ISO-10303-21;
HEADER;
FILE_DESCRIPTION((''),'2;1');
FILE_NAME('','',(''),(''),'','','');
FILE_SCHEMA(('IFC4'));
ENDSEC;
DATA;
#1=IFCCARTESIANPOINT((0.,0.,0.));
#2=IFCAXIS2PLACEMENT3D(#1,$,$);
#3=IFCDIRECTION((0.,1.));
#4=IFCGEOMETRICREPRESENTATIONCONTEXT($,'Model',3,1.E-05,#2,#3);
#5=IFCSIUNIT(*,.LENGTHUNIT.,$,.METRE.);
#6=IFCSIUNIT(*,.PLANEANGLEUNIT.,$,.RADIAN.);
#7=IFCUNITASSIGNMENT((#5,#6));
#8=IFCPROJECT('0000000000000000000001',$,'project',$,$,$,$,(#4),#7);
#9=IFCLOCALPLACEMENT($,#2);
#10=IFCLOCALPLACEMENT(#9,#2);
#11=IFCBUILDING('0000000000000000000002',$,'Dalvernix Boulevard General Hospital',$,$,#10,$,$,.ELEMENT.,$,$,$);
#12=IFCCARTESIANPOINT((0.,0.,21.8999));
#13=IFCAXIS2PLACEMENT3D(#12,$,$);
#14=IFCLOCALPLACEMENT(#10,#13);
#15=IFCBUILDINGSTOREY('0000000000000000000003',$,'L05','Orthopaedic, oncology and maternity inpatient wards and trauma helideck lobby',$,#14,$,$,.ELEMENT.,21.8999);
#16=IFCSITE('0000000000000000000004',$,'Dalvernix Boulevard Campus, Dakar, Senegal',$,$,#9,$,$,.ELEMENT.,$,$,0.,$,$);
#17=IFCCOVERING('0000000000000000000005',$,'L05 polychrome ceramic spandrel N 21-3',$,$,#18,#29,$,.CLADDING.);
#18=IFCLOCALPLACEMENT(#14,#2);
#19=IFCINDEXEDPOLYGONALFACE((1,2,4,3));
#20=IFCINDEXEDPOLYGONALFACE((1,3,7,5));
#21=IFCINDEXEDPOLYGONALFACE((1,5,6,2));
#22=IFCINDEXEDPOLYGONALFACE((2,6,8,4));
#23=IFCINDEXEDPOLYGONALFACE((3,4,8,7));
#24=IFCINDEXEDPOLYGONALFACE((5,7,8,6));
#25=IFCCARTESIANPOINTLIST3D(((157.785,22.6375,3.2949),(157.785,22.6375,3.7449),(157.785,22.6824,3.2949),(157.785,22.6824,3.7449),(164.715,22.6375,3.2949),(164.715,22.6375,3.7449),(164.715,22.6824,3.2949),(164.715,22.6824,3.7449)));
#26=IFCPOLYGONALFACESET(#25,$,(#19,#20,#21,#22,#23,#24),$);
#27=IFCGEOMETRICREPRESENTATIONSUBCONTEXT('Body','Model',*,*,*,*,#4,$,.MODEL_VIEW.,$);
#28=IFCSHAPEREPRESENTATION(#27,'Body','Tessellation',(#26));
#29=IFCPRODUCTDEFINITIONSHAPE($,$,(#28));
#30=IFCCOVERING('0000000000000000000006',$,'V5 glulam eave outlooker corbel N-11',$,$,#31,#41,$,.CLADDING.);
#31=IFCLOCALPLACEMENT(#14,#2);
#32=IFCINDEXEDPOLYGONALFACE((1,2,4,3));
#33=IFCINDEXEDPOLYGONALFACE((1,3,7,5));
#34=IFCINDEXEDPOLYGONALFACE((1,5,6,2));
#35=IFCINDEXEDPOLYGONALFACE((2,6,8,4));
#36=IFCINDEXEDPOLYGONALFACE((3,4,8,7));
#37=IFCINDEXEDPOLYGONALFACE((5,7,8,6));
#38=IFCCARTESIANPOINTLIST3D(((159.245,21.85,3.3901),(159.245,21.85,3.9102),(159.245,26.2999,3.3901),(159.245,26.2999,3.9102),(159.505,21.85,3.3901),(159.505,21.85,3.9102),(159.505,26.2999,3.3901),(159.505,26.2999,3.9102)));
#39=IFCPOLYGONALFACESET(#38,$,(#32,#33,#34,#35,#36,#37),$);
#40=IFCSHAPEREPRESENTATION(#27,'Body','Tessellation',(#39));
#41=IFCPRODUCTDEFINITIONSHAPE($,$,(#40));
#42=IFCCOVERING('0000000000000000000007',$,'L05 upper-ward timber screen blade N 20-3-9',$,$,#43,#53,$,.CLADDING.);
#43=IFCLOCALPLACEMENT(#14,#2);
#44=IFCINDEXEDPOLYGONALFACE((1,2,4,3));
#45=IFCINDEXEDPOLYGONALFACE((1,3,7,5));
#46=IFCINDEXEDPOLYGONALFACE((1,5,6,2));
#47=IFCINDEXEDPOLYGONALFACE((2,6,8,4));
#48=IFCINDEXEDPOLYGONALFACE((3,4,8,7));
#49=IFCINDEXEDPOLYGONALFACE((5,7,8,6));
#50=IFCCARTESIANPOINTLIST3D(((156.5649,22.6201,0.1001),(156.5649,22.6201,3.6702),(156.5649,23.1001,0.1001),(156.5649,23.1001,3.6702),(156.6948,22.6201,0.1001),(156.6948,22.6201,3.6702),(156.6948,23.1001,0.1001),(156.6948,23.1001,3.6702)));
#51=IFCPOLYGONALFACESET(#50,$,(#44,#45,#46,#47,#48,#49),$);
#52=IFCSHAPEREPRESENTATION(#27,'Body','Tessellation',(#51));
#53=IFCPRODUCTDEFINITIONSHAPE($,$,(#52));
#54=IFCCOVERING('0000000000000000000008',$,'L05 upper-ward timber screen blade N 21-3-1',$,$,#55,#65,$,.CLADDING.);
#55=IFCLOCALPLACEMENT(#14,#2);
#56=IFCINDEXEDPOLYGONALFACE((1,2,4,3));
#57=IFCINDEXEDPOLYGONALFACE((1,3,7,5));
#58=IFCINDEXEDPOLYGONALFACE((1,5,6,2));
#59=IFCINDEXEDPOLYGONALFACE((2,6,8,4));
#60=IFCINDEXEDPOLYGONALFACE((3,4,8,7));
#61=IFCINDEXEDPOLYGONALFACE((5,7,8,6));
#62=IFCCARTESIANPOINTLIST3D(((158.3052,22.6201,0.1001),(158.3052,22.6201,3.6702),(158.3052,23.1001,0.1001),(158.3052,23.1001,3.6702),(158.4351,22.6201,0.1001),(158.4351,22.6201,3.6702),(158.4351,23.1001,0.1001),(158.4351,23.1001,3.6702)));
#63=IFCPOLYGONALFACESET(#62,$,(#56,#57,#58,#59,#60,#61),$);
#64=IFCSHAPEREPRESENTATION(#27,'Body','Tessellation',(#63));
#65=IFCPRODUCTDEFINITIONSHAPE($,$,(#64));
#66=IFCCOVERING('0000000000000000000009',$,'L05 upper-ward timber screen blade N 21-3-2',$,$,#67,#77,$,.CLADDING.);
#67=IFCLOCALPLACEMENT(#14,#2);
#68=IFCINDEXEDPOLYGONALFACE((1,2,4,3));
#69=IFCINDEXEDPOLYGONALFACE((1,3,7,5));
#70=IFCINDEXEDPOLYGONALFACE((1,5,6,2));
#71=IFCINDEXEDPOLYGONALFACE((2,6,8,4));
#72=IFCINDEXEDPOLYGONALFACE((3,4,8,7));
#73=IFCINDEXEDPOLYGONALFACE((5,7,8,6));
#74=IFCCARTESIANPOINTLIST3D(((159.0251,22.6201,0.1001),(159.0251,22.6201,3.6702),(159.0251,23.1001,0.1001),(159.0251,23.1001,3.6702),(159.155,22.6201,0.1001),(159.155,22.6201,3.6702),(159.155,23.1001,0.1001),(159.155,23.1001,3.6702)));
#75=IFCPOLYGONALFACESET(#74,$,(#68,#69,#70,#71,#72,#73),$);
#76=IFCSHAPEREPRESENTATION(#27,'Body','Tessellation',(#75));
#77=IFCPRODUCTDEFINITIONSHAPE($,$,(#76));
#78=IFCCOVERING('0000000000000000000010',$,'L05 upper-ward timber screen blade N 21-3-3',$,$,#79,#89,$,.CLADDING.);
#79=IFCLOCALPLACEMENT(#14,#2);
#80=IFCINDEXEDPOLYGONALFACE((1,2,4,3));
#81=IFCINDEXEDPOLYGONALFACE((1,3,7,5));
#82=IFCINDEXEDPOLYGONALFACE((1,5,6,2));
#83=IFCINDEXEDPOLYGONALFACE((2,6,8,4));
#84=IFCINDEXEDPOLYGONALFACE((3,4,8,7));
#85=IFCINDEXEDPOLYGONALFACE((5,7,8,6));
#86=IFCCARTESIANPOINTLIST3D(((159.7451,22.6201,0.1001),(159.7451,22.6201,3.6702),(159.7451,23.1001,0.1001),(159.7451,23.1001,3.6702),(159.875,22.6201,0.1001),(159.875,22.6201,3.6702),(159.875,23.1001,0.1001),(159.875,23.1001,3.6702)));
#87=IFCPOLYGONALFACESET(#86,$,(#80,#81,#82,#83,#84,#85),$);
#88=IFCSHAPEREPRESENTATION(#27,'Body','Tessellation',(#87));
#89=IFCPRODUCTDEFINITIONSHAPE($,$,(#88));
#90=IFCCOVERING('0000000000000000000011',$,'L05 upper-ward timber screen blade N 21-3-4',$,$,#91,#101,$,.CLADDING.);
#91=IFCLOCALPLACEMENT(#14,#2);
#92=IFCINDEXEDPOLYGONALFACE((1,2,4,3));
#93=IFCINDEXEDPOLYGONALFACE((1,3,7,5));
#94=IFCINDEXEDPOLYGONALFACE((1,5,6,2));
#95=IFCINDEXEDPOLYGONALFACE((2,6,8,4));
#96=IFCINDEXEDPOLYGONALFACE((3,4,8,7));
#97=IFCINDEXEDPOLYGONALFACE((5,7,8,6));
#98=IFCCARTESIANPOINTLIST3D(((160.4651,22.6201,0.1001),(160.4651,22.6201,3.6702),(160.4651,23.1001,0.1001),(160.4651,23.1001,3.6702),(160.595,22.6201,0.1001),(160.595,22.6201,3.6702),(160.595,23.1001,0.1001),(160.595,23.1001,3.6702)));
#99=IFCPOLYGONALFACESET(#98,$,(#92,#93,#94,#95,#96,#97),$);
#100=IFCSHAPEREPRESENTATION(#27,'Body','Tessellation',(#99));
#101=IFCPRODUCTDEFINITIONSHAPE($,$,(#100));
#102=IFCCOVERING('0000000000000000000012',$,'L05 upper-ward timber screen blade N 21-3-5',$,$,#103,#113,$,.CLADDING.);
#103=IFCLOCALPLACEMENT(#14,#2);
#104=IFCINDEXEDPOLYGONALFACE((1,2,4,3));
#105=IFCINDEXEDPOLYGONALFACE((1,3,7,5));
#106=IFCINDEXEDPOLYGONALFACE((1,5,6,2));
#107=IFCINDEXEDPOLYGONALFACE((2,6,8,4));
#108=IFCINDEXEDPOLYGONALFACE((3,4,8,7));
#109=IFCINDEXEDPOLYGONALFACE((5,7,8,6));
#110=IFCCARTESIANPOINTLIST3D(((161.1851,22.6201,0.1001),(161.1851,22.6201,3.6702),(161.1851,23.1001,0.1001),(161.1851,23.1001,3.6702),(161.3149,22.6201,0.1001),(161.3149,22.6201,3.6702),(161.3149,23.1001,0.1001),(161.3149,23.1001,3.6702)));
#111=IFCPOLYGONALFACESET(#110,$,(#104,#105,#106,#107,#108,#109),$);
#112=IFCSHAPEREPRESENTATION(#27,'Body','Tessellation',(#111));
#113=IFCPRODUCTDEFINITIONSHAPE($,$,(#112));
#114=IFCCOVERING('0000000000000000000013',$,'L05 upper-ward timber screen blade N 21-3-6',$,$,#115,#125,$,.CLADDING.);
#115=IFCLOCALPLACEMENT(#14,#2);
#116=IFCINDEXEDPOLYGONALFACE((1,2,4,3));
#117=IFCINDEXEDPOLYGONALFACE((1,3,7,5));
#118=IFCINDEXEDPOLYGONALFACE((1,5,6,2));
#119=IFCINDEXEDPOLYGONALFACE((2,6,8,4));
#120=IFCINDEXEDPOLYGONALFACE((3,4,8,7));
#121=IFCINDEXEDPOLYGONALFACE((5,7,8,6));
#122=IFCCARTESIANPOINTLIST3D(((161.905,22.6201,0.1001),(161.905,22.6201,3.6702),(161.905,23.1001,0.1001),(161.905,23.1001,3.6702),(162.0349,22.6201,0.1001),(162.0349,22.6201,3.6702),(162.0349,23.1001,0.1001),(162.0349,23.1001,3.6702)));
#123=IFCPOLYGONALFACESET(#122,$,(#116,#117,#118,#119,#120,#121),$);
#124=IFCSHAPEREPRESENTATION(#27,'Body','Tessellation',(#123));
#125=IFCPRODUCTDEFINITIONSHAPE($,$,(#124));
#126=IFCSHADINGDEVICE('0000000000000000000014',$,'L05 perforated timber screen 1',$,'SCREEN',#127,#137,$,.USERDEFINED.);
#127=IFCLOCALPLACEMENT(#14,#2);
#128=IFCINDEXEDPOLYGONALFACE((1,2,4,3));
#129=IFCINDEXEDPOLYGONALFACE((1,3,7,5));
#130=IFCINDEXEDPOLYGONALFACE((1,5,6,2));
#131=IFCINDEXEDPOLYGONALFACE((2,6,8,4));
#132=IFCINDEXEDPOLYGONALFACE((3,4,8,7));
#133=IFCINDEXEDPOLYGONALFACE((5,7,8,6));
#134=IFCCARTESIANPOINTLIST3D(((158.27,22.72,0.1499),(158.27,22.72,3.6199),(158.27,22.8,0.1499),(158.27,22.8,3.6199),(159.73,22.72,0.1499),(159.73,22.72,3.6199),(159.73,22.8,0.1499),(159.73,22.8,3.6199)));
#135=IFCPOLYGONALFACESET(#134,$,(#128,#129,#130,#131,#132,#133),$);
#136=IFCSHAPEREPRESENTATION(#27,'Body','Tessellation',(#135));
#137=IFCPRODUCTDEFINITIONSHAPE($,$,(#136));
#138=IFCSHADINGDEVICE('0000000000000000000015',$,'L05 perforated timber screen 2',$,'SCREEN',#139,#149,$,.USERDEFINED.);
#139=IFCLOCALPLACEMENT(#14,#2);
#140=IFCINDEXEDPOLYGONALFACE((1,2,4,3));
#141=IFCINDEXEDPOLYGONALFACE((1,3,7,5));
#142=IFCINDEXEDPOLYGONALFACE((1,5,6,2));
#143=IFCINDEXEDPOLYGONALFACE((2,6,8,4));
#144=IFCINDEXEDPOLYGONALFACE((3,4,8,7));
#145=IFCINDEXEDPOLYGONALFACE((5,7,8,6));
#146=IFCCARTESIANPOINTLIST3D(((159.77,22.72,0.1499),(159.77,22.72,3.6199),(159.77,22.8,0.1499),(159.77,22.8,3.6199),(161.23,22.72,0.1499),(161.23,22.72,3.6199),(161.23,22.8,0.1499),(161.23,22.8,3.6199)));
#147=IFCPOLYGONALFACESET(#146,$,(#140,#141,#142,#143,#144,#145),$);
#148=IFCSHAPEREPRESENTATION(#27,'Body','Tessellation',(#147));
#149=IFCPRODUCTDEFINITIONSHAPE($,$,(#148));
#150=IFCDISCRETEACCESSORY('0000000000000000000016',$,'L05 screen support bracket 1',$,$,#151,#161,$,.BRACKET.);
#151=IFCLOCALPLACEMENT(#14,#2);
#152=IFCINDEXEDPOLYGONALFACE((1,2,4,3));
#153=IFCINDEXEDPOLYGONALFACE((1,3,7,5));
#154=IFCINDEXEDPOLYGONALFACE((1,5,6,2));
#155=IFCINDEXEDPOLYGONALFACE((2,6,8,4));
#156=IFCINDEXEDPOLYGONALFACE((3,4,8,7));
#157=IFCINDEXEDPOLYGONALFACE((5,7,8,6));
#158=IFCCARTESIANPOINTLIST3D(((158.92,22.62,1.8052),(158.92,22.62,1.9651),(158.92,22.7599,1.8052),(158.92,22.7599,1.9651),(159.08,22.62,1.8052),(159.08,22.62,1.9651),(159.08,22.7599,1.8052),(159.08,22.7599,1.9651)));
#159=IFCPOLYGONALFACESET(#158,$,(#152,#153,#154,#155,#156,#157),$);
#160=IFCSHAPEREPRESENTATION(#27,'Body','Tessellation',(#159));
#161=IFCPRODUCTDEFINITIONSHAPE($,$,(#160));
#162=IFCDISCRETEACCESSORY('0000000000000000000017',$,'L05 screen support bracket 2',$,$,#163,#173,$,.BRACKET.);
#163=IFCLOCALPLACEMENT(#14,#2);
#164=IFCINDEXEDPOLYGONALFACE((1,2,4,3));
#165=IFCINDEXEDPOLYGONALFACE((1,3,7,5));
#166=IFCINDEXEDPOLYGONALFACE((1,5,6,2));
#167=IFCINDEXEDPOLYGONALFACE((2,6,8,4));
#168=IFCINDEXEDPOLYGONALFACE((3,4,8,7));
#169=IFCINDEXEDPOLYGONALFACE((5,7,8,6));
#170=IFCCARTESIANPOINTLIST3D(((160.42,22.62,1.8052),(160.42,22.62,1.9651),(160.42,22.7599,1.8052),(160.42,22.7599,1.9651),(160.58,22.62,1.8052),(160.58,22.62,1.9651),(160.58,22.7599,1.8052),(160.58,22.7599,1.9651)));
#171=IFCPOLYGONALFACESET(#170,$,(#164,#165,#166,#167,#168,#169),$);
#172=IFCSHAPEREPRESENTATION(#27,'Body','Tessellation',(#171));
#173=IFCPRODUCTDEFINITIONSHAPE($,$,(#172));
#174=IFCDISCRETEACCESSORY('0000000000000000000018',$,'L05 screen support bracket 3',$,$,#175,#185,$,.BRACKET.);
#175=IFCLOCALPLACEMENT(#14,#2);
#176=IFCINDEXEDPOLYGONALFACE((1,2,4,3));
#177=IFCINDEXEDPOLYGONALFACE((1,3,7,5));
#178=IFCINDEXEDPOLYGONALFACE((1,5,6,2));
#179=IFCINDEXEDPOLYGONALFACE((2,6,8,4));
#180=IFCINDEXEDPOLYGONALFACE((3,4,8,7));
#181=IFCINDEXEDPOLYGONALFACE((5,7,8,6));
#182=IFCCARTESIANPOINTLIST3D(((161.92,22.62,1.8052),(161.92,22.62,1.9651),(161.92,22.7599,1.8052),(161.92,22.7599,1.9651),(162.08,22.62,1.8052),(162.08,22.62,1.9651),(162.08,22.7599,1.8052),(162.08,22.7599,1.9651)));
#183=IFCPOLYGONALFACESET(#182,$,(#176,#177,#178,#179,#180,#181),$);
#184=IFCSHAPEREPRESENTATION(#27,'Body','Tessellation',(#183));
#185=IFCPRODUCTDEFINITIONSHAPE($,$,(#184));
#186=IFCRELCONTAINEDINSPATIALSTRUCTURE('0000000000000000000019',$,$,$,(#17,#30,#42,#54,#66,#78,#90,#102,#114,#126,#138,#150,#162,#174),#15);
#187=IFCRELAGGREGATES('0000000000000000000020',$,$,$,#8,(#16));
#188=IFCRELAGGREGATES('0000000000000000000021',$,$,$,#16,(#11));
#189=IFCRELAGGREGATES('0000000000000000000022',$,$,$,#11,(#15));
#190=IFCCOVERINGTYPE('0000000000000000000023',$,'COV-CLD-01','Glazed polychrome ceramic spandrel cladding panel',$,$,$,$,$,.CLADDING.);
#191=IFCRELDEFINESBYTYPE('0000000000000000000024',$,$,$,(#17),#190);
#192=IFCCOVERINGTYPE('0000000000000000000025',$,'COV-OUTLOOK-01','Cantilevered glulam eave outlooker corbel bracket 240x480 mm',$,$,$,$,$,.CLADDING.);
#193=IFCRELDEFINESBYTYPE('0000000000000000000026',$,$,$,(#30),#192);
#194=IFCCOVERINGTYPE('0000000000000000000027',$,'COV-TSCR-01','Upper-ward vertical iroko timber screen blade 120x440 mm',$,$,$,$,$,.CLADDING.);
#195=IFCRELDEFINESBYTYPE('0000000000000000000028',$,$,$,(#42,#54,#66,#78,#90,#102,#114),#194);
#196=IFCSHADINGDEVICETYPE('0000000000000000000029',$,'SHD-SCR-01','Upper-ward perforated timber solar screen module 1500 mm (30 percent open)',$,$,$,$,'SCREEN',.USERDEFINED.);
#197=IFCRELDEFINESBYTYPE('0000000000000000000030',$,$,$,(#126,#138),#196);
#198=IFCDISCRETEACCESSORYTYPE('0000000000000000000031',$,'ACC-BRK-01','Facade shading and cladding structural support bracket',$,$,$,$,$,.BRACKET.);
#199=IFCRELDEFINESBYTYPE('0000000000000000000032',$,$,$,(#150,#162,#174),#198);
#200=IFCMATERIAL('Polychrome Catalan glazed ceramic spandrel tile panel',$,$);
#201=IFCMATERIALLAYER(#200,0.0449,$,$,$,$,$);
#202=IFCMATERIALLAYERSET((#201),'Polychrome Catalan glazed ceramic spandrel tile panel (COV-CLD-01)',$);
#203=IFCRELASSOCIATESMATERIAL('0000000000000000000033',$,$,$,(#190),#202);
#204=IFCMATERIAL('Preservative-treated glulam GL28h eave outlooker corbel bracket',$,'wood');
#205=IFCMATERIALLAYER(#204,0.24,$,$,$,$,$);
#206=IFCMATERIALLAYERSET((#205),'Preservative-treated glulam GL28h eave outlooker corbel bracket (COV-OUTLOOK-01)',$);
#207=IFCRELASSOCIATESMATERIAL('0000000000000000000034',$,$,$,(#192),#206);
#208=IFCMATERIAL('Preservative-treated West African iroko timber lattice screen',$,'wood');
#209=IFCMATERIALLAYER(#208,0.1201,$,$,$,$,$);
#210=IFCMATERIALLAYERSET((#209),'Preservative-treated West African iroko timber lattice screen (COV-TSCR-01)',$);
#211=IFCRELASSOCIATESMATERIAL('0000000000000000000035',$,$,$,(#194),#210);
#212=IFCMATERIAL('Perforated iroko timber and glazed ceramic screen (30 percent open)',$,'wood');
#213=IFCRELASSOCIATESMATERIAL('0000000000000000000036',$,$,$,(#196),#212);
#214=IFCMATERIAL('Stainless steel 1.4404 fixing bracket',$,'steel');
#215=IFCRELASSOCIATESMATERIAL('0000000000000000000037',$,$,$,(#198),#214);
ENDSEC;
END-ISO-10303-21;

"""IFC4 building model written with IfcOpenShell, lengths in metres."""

from ifc_helpers import new_model, si_unit, direction, frame, origin, origin_2d, place, context, subcontext, project, spatial, rectangle, extrude, material, layer, layer_set, type_object, element, save


model = new_model("IFC4")

# Units and contexts
model_context = context("Model", 3, precision=1e-05, world=origin(), true_north=direction((0.0, 1.0)))
body_context = subcontext(model_context, "Body", "Model", "MODEL_VIEW")
ifc_project = project(units=[si_unit("LENGTHUNIT", "METRE"), si_unit("PLANEANGLEUNIT", "RADIAN")], contexts=[model_context])

# Site, building, storey
site_placement = place(None, origin())
site = spatial("IfcSite", under=ifc_project, at=site_placement, Name="Dalvernix Boulevard Campus, Dakar, Senegal", CompositionType="ELEMENT", RefElevation=0.0)
building_placement = place(site_placement, origin())
building = spatial("IfcBuilding", under=site, at=building_placement, Name="Dalvernix Boulevard General Hospital", CompositionType="ELEMENT")
storey_placement = place(building_placement, frame((0.0, 0.0, 21.8999)))
storey = spatial("IfcBuildingStorey", under=building, at=storey_placement, Name="L05", Description="Orthopaedic, oncology and maternity inpatient wards and trauma helideck lobby", CompositionType="ELEMENT", Elevation=21.8999)

# Coverings
ifc_material_1 = material(Name="Polychrome Catalan glazed ceramic spandrel tile panel")
ifc_layer_1 = layer(ifc_material_1, 0.0449)
ifc_layer_set_1 = layer_set([ifc_layer_1], Name="Polychrome Catalan glazed ceramic spandrel tile panel (COV-CLD-01)")
covering_type_1 = type_object("IfcCoveringType", Name="COV-CLD-01", Description="Glazed polychrome ceramic spandrel cladding panel", PredefinedType="CLADDING", material=ifc_layer_set_1)
covering_1_placement = place(storey_placement, frame((161.25, 22.6599, 3.2949), z_axis=(0.0, 0.0, 1.0), x_axis=(1.0, 0.0, 0.0)))
element("IfcCovering", 1, at=covering_1_placement, inside=storey, type_object=covering_type_1, Name="L05 polychrome ceramic spandrel N 21-3", PredefinedType="CLADDING", context=body_context, shape_type="SweptSolid", body=[
    extrude(rectangle(XDim=6.9299, YDim=0.0449, at=origin_2d()), origin(), (0.0, 0.0, 1.0), 0.45),
])
ifc_material_2 = material(Name="Preservative-treated glulam GL28h eave outlooker corbel bracket", Category="wood")
ifc_layer_2 = layer(ifc_material_2, 0.24)
ifc_layer_set_2 = layer_set([ifc_layer_2], Name="Preservative-treated glulam GL28h eave outlooker corbel bracket (COV-OUTLOOK-01)")
covering_type_2 = type_object("IfcCoveringType", Name="COV-OUTLOOK-01", Description="Cantilevered glulam eave outlooker corbel bracket 240x480 mm", PredefinedType="CLADDING", material=ifc_layer_set_2)
covering_2_placement = place(storey_placement, frame((159.375, 24.075, 3.3901), z_axis=(0.0, 0.0, 1.0), x_axis=(1.0, 0.0, 0.0)))
element("IfcCovering", 2, at=covering_2_placement, inside=storey, type_object=covering_type_2, Name="V5 glulam eave outlooker corbel N-11", PredefinedType="CLADDING", context=body_context, shape_type="SweptSolid", body=[
    extrude(rectangle(XDim=0.26, YDim=4.45, at=origin_2d()), origin(), (0.0, 0.0, 1.0), 0.52),
])
ifc_material_3 = material(Name="Preservative-treated West African iroko timber lattice screen", Category="wood")
ifc_layer_3 = layer(ifc_material_3, 0.1201)
ifc_layer_set_3 = layer_set([ifc_layer_3], Name="Preservative-treated West African iroko timber lattice screen (COV-TSCR-01)")
covering_type_3 = type_object("IfcCoveringType", Name="COV-TSCR-01", Description="Upper-ward vertical iroko timber screen blade 120x440 mm", PredefinedType="CLADDING", material=ifc_layer_set_3)
for number, where, z_axis, x_axis, name in (
    (3, (156.6299, 22.8601, 0.1001), (0.0, 0.0, 1.0), (1.0, 0.0, 0.0), "L05 upper-ward timber screen blade N 20-3-9"),
    (4, (158.3701, 22.8601, 0.1001), (0.0, 0.0, 1.0), (1.0, 0.0, 0.0), "L05 upper-ward timber screen blade N 21-3-1"),
    (5, (159.0901, 22.8601, 0.1001), (0.0, 0.0, 1.0), (1.0, 0.0, 0.0), "L05 upper-ward timber screen blade N 21-3-2"),
    (6, (159.8101, 22.8601, 0.1001), (0.0, 0.0, 1.0), (1.0, 0.0, 0.0), "L05 upper-ward timber screen blade N 21-3-3"),
    (7, (160.53, 22.8601, 0.1001), (0.0, 0.0, 1.0), (1.0, 0.0, 0.0), "L05 upper-ward timber screen blade N 21-3-4"),
    (8, (161.25, 22.8601, 0.1001), (0.0, 0.0, 1.0), (1.0, 0.0, 0.0), "L05 upper-ward timber screen blade N 21-3-5"),
    (9, (161.97, 22.8601, 0.1001), (0.0, 0.0, 1.0), (1.0, 0.0, 0.0), "L05 upper-ward timber screen blade N 21-3-6"),
):
    element("IfcCovering", number, at=place(storey_placement, frame(where, z_axis=z_axis, x_axis=x_axis)), inside=storey, type_object=covering_type_3, Name=name, PredefinedType="CLADDING", context=body_context, shape_type="SweptSolid", body=[
        extrude(rectangle(XDim=0.1299, YDim=0.48, at=origin_2d()), origin(), (0.0, 0.0, 1.0), 3.5701),
    ])

# Shading devices
ifc_material_4 = material(Name="Perforated iroko timber and glazed ceramic screen (30 percent open)", Category="wood")
shading_device_type = type_object("IfcShadingDeviceType", Name="SHD-SCR-01", Description="Upper-ward perforated timber solar screen module 1500 mm (30 percent open)", ElementType="SCREEN", PredefinedType="USERDEFINED", material=ifc_material_4)
for number, where, z_axis, x_axis, name in (
    (10, (159.0, 22.76, 0.1499), (0.0, 0.0, 1.0), (1.0, 0.0, 0.0), "L05 perforated timber screen 1"),
    (11, (160.5, 22.76, 0.1499), (0.0, 0.0, 1.0), (1.0, 0.0, 0.0), "L05 perforated timber screen 2"),
):
    element("IfcShadingDevice", number, at=place(storey_placement, frame(where, z_axis=z_axis, x_axis=x_axis)), inside=storey, type_object=shading_device_type, Name=name, ObjectType="SCREEN", PredefinedType="USERDEFINED", context=body_context, shape_type="SweptSolid", body=[
        extrude(rectangle(XDim=1.46, YDim=0.0801, at=origin_2d()), origin(), (0.0, 0.0, 1.0), 3.47),
    ])

# Discrete accessories
ifc_material_5 = material(Name="Stainless steel 1.4404 fixing bracket", Category="steel")
discrete_accessory_type = type_object("IfcDiscreteAccessoryType", Name="ACC-BRK-01", Description="Facade shading and cladding structural support bracket", PredefinedType="BRACKET", material=ifc_material_5)
for number, where, z_axis, x_axis, name in (
    (12, (159.0, 22.6899, 1.8052), (0.0, 0.0, 1.0), (1.0, 0.0, 0.0), "L05 screen support bracket 1"),
    (13, (160.5, 22.6899, 1.8052), (0.0, 0.0, 1.0), (1.0, 0.0, 0.0), "L05 screen support bracket 2"),
    (14, (162.0, 22.6899, 1.8052), (0.0, 0.0, 1.0), (1.0, 0.0, 0.0), "L05 screen support bracket 3"),
):
    element("IfcDiscreteAccessory", number, at=place(storey_placement, frame(where, z_axis=z_axis, x_axis=x_axis)), inside=storey, type_object=discrete_accessory_type, Name=name, PredefinedType="BRACKET", context=body_context, shape_type="SweptSolid", body=[
        extrude(rectangle(XDim=0.1599, YDim=0.1399, at=origin_2d()), origin(), (0.0, 0.0, 1.0), 0.1599),
    ])

save(model, "model.ifc")
